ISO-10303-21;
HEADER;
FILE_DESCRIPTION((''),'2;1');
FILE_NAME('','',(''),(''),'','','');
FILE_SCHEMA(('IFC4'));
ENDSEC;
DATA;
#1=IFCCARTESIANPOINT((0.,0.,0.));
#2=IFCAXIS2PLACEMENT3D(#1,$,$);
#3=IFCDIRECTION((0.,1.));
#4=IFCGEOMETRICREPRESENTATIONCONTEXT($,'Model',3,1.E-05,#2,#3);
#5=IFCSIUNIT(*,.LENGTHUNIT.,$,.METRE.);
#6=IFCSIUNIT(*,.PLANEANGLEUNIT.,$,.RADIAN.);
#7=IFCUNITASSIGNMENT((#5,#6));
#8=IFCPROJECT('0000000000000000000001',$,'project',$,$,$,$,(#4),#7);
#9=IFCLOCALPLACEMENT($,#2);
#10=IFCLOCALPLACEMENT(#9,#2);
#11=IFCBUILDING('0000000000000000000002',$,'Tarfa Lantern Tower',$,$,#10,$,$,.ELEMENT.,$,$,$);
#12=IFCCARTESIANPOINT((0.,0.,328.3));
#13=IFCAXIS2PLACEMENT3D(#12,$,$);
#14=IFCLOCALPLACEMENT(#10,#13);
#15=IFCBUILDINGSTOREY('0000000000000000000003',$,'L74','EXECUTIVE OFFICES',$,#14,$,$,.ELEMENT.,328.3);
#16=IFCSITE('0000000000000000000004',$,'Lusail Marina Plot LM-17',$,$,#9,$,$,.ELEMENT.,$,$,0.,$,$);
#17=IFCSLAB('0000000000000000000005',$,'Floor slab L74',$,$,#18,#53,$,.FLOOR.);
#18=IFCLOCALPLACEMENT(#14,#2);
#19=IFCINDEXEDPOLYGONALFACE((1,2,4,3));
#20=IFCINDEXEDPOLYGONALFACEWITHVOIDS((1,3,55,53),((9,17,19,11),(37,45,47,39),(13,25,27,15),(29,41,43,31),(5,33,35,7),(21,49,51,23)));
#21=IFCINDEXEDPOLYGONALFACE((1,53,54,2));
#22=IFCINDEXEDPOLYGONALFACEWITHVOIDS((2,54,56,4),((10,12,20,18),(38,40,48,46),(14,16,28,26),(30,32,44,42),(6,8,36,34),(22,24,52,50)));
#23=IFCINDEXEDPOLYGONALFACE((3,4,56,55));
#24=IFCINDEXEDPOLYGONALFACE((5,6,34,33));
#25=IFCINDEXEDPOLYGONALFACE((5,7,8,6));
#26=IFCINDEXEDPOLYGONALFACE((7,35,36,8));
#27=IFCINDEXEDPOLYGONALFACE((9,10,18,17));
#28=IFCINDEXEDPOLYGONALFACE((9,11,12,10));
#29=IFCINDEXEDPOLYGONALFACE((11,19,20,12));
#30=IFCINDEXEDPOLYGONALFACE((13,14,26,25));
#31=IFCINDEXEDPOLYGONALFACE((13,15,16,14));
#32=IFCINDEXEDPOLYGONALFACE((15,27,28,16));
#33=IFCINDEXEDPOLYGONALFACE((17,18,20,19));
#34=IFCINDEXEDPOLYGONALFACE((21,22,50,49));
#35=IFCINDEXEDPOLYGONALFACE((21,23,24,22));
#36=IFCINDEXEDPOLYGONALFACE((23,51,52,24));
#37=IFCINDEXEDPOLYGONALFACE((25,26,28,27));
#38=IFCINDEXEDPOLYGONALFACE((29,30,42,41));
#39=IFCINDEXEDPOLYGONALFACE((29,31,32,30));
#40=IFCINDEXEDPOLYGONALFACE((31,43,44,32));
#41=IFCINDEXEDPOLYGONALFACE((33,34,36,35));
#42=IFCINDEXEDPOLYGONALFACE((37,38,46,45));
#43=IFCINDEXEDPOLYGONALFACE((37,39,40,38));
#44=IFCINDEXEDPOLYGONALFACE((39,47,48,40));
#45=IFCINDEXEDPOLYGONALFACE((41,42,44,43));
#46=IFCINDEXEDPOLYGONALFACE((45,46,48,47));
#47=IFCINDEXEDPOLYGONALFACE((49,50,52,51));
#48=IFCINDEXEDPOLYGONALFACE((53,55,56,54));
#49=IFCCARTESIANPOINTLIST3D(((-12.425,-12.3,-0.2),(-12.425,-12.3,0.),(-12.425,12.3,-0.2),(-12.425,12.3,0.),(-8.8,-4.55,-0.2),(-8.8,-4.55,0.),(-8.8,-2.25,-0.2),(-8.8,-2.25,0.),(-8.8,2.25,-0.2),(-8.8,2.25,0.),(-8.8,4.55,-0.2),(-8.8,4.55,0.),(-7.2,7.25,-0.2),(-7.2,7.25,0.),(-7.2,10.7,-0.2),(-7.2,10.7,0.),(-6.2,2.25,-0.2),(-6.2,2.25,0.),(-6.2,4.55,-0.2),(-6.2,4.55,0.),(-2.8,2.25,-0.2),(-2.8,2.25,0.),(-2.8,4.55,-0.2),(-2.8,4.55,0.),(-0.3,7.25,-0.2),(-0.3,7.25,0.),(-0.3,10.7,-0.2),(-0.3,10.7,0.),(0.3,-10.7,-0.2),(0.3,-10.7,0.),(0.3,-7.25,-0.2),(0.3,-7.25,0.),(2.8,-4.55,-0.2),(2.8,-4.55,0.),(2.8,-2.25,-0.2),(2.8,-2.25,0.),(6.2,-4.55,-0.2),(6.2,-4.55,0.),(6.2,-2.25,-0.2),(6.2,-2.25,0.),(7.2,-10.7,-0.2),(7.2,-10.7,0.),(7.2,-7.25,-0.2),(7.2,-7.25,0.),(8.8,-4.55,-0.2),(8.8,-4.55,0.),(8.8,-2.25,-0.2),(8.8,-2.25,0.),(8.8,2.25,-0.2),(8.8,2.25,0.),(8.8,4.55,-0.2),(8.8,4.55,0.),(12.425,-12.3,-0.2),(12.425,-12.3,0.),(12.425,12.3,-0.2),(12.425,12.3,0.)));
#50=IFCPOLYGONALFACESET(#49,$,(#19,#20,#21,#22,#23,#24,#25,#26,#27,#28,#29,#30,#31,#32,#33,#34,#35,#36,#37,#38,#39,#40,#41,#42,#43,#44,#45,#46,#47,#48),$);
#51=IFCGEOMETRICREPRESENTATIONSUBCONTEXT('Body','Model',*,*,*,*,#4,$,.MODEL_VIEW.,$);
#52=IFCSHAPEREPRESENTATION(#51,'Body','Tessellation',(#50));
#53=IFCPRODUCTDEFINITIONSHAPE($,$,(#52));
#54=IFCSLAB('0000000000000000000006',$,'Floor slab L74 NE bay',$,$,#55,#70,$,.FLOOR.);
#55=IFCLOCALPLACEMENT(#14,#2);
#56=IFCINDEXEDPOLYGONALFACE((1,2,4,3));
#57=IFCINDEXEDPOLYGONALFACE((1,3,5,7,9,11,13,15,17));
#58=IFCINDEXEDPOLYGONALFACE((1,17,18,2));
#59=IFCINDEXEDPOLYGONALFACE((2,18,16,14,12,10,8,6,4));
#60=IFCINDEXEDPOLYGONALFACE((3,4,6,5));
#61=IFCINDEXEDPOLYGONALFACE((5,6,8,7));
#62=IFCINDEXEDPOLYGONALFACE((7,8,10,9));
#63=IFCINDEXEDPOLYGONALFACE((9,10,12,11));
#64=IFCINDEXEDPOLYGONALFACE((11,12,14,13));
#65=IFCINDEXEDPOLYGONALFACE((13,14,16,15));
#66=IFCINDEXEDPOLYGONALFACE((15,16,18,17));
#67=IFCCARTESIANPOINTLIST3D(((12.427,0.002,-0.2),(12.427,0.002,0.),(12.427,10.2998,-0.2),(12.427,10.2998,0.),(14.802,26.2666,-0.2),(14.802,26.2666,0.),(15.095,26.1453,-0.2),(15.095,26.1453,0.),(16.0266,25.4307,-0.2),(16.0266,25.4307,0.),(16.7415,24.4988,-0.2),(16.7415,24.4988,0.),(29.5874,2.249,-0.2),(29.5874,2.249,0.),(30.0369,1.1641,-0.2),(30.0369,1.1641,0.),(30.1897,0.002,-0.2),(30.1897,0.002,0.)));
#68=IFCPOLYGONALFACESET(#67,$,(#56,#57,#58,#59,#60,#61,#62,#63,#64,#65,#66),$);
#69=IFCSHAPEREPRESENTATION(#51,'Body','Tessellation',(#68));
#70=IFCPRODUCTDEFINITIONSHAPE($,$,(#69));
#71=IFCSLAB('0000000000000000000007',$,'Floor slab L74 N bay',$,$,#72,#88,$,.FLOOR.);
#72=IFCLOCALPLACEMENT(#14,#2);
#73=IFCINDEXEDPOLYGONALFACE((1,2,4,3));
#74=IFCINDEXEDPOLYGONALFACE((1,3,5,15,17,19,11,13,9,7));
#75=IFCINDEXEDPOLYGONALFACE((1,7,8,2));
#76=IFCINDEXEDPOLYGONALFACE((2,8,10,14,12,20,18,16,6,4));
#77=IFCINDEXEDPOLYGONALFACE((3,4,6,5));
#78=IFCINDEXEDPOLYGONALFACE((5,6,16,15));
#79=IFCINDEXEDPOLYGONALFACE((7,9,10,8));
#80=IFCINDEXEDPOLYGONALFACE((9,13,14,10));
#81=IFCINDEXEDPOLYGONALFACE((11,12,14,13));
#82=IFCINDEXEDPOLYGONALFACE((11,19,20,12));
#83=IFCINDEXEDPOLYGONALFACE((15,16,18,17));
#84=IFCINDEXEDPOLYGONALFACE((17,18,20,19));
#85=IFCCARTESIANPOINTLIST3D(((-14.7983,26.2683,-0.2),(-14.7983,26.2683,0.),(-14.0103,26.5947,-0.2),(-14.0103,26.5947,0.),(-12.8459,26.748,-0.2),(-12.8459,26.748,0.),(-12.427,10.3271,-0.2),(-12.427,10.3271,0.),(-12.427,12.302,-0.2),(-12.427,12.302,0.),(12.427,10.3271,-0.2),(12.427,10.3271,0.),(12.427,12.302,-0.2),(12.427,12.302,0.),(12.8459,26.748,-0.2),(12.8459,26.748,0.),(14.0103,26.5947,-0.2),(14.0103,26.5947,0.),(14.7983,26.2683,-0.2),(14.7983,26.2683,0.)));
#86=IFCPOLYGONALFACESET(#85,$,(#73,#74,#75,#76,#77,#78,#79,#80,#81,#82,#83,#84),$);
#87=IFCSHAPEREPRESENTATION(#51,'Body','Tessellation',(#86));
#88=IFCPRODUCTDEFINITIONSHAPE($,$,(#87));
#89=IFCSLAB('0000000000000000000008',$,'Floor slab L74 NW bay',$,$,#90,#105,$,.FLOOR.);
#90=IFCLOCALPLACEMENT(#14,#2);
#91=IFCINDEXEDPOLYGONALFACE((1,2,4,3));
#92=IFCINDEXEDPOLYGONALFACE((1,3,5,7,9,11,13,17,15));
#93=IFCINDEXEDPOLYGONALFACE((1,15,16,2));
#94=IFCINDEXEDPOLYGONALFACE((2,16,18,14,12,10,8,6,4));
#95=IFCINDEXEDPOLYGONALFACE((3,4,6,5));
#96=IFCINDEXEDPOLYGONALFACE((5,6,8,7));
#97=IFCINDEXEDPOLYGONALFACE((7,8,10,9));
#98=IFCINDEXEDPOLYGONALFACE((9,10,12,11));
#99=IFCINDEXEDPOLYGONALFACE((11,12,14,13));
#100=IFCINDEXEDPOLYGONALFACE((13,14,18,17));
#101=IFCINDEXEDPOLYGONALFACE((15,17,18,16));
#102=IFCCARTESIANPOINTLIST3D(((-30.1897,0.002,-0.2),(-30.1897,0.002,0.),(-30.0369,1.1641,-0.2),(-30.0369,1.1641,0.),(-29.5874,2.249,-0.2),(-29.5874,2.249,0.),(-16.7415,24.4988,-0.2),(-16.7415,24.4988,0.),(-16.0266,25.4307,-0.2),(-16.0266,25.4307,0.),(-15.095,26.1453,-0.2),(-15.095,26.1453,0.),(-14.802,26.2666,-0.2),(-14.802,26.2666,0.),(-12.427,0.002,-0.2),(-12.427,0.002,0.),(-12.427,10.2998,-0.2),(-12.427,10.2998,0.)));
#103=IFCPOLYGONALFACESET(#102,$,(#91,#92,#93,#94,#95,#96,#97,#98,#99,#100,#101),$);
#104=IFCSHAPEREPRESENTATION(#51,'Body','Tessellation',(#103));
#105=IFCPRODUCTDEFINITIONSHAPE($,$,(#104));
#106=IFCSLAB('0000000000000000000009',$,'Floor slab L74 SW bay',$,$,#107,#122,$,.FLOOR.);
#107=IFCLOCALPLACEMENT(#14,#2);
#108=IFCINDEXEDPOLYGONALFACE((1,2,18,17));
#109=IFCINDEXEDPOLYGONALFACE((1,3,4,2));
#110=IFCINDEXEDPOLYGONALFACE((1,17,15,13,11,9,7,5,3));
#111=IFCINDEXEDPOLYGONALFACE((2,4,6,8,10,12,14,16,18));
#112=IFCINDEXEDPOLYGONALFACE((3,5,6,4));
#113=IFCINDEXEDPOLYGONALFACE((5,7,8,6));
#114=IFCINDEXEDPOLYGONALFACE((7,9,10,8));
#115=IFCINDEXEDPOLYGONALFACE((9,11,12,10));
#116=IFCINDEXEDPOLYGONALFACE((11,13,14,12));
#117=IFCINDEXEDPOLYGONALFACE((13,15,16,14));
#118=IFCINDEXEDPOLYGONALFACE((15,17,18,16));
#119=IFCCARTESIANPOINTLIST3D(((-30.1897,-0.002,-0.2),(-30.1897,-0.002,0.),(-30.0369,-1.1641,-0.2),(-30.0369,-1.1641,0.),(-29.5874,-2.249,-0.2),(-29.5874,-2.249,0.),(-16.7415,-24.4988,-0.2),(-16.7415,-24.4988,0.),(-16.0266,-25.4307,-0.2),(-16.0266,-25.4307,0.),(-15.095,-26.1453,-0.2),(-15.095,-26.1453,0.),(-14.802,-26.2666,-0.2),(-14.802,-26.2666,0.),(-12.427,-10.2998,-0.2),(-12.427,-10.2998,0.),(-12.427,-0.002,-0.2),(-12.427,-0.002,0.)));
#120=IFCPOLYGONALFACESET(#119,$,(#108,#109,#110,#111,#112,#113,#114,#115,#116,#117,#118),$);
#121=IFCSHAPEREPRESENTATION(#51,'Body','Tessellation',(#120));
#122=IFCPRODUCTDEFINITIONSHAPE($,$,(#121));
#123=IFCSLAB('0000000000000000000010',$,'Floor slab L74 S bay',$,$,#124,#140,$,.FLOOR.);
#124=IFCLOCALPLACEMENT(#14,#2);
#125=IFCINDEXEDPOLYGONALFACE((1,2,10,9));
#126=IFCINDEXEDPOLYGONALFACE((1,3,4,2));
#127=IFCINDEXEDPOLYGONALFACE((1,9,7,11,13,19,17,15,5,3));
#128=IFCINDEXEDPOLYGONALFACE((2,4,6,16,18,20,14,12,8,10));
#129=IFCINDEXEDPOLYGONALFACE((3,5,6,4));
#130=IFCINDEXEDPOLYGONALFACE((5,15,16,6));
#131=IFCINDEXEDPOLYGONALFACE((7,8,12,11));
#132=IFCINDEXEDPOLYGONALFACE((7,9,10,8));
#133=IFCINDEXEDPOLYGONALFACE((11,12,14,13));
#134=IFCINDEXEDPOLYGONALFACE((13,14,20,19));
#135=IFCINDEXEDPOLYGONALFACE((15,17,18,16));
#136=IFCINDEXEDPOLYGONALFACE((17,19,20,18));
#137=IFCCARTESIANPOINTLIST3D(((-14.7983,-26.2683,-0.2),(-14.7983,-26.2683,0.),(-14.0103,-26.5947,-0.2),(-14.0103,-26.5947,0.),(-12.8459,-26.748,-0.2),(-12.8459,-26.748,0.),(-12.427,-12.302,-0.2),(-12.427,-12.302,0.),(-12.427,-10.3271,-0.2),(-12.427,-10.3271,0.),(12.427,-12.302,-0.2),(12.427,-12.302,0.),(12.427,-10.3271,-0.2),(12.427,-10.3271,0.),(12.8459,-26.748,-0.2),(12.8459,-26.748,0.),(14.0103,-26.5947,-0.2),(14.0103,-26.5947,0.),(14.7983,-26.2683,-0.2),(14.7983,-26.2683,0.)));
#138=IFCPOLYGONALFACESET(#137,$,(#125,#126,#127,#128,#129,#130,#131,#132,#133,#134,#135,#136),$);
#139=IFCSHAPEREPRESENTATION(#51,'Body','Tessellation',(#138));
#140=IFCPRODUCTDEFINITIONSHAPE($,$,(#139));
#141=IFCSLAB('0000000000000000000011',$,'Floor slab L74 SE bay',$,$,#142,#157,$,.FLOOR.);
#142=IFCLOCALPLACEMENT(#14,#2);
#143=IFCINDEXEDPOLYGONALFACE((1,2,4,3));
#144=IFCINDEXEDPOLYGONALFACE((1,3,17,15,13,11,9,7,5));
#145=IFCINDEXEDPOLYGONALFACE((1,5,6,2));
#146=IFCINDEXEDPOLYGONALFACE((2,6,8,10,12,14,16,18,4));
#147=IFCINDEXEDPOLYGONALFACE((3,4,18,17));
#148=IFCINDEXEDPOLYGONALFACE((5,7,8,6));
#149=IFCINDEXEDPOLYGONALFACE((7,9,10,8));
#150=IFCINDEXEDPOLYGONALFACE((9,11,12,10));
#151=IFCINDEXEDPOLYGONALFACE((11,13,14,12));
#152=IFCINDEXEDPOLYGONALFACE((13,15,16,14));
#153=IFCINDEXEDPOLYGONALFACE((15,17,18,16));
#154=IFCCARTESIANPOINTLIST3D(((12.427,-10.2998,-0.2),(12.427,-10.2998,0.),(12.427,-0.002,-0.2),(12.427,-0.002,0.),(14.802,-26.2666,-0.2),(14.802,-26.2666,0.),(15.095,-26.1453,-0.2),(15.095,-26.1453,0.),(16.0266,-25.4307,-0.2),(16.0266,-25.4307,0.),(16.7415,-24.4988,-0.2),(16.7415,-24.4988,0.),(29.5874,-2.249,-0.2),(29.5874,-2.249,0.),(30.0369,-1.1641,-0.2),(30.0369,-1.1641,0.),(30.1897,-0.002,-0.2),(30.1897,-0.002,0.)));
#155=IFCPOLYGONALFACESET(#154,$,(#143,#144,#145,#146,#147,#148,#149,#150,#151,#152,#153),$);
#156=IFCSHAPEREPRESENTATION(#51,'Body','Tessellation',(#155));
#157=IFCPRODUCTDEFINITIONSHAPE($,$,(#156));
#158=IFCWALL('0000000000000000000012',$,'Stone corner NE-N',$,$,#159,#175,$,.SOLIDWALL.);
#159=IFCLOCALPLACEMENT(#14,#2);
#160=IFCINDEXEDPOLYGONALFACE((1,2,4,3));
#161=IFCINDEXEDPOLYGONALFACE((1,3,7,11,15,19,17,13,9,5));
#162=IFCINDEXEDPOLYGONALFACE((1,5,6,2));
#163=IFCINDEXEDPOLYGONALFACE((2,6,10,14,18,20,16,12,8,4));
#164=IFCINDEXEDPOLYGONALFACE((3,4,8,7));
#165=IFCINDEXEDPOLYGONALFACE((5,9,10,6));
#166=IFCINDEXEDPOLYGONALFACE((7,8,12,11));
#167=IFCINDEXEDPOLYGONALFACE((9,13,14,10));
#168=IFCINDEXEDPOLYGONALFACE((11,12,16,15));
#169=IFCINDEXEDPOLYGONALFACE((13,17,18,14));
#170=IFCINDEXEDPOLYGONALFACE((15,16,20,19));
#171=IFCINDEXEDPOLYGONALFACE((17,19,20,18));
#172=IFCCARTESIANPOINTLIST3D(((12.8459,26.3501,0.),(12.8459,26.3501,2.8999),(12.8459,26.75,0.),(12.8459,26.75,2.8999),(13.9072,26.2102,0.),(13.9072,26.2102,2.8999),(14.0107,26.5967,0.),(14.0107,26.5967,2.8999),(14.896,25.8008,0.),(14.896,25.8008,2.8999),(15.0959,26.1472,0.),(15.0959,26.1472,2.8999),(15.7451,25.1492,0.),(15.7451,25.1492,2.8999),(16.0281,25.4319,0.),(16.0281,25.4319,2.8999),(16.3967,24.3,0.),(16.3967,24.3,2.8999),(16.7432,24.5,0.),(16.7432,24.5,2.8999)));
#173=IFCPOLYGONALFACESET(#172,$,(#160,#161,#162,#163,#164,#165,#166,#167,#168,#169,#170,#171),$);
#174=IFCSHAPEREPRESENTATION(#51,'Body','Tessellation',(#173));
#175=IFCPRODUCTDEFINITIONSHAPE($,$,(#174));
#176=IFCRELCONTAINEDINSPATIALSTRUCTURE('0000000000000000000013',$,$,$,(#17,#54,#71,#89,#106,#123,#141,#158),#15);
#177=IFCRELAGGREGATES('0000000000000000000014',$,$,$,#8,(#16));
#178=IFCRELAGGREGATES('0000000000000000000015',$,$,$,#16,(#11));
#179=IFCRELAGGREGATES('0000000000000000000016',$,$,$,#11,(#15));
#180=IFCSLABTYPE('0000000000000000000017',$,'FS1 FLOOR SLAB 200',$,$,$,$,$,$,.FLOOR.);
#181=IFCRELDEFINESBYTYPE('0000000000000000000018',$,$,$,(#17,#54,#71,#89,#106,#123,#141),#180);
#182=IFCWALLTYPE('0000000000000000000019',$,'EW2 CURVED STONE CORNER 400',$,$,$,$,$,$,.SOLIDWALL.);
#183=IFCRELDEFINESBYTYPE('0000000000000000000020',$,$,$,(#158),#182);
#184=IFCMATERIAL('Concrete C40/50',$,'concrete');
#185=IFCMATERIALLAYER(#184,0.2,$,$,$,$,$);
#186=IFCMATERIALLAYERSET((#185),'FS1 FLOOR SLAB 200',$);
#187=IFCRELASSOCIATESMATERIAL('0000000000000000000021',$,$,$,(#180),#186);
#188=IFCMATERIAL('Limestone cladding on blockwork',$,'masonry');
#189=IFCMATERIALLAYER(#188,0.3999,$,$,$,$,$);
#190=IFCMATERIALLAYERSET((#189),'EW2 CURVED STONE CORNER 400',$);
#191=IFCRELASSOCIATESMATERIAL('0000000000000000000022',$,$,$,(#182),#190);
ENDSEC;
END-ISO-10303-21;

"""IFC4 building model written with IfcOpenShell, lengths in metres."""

from ifc_helpers import new_model, si_unit, direction, frame, origin, place, context, subcontext, project, spatial, polyline, outline, extrude, material, layer, layer_set, type_object, element, save


model = new_model("IFC4")

# Units and contexts
model_context = context("Model", 3, precision=1e-05, world=origin(), true_north=direction((0.0, 1.0)))
body_context = subcontext(model_context, "Body", "Model", "MODEL_VIEW")
ifc_project = project(units=[si_unit("LENGTHUNIT", "METRE"), si_unit("PLANEANGLEUNIT", "RADIAN")], contexts=[model_context])

# Site, building, storey
site_placement = place(None, origin())
site = spatial("IfcSite", under=ifc_project, at=site_placement, Name="Lusail Marina Plot LM-17", CompositionType="ELEMENT", RefElevation=0.0)
building_placement = place(site_placement, origin())
building = spatial("IfcBuilding", under=site, at=building_placement, Name="Tarfa Lantern Tower", CompositionType="ELEMENT")
storey_placement = place(building_placement, frame((0.0, 0.0, 328.3)))
storey = spatial("IfcBuildingStorey", under=building, at=storey_placement, Name="L74", Description="EXECUTIVE OFFICES", CompositionType="ELEMENT", Elevation=328.3)

# Slabs
ifc_material_1 = material(Name="Concrete C40/50", Category="concrete")
ifc_layer_1 = layer(ifc_material_1, 0.2)
ifc_layer_set_1 = layer_set([ifc_layer_1], Name="FS1 FLOOR SLAB 200")
slab_type = type_object("IfcSlabType", Name="FS1 FLOOR SLAB 200", PredefinedType="FLOOR", material=ifc_layer_set_1)
slab_1_placement = place(storey_placement, frame((0.0, 0.0, -0.2)))
element("IfcSlab", 1, at=slab_1_placement, inside=storey, type_object=slab_type, Name="Floor slab L74", PredefinedType="FLOOR", context=body_context, shape_type="SweptSolid", body=[
    extrude(outline(polyline([(-12.425, -12.3), (12.425, -12.3), (12.425, 12.3), (-12.425, 12.3), (-12.425, -12.3)]), holes=[polyline([(-8.8, 2.25), (-6.2, 2.25), (-6.2, 4.55), (-8.8, 4.55), (-8.8, 2.25)]), polyline([(-2.8, 2.25), (8.8, 2.25), (8.8, 4.55), (-2.8, 4.55), (-2.8, 2.25)]), polyline([(8.8, -2.25), (6.2, -2.25), (6.2, -4.55), (8.8, -4.55), (8.8, -2.25)]), polyline([(2.8, -2.25), (-8.8, -2.25), (-8.8, -4.55), (2.8, -4.55), (2.8, -2.25)]), polyline([(-7.2, 7.25), (-0.3, 7.25), (-0.3, 10.7), (-7.2, 10.7), (-7.2, 7.25)]), polyline([(7.2, -7.25), (0.3, -7.25), (0.3, -10.7), (7.2, -10.7), (7.2, -7.25)])]), origin(), (0.0, 0.0, 1.0), 0.2),
])
slab_2_placement = place(storey_placement, frame((0.0, 0.0, -0.2)))
element("IfcSlab", 2, at=slab_2_placement, inside=storey, type_object=slab_type, Name="Floor slab L74 NE bay", PredefinedType="FLOOR", context=body_context, shape_type="SweptSolid", body=[
    extrude(outline(polyline([(29.5874, 2.249), (16.7415, 24.4988), (16.0266, 25.4307), (15.095, 26.1453), (14.802, 26.2666), (12.427, 10.2998), (12.427, 0.002), (30.1897, 0.002), (30.0369, 1.1641), (29.5874, 2.249)])), origin(), (0.0, 0.0, 1.0), 0.2),
])
slab_3_placement = place(storey_placement, frame((0.0, 0.0, -0.2)))
element("IfcSlab", 3, at=slab_3_placement, inside=storey, type_object=slab_type, Name="Floor slab L74 N bay", PredefinedType="FLOOR", context=body_context, shape_type="SweptSolid", body=[
    extrude(outline(polyline([(-12.427, 10.3271), (-12.427, 12.302), (12.427, 12.302), (12.427, 10.3271), (14.7983, 26.2683), (14.0103, 26.5947), (12.8459, 26.748), (-12.8459, 26.748), (-14.0103, 26.5947), (-14.7983, 26.2683), (-12.427, 10.3271)])), origin(), (0.0, 0.0, 1.0), 0.2),
])
slab_4_placement = place(storey_placement, frame((0.0, 0.0, -0.2)))
element("IfcSlab", 4, at=slab_4_placement, inside=storey, type_object=slab_type, Name="Floor slab L74 NW bay", PredefinedType="FLOOR", context=body_context, shape_type="SweptSolid", body=[
    extrude(outline(polyline([(-12.427, 0.002), (-12.427, 10.2998), (-14.802, 26.2666), (-15.095, 26.1453), (-16.0266, 25.4307), (-16.7415, 24.4988), (-29.5874, 2.249), (-30.0369, 1.1641), (-30.1897, 0.002), (-12.427, 0.002)])), origin(), (0.0, 0.0, 1.0), 0.2),
])
slab_5_placement = place(storey_placement, frame((0.0, 0.0, -0.2)))
element("IfcSlab", 5, at=slab_5_placement, inside=storey, type_object=slab_type, Name="Floor slab L74 SW bay", PredefinedType="FLOOR", context=body_context, shape_type="SweptSolid", body=[
    extrude(outline(polyline([(-12.427, -10.2998), (-12.427, -0.002), (-30.1897, -0.002), (-30.0369, -1.1641), (-29.5874, -2.249), (-16.7415, -24.4988), (-16.0266, -25.4307), (-15.095, -26.1453), (-14.802, -26.2666), (-12.427, -10.2998)])), origin(), (0.0, 0.0, 1.0), 0.2),
])
slab_6_placement = place(storey_placement, frame((0.0, 0.0, -0.2)))
element("IfcSlab", 6, at=slab_6_placement, inside=storey, type_object=slab_type, Name="Floor slab L74 S bay", PredefinedType="FLOOR", context=body_context, shape_type="SweptSolid", body=[
    extrude(outline(polyline([(12.427, -10.3271), (12.427, -12.302), (-12.427, -12.302), (-12.427, -10.3271), (-14.7983, -26.2683), (-14.0103, -26.5947), (-12.8459, -26.748), (12.8459, -26.748), (14.0103, -26.5947), (14.7983, -26.2683), (12.427, -10.3271)])), origin(), (0.0, 0.0, 1.0), 0.2),
])
slab_7_placement = place(storey_placement, frame((0.0, 0.0, -0.2)))
element("IfcSlab", 7, at=slab_7_placement, inside=storey, type_object=slab_type, Name="Floor slab L74 SE bay", PredefinedType="FLOOR", context=body_context, shape_type="SweptSolid", body=[
    extrude(outline(polyline([(12.427, -0.002), (12.427, -10.2998), (14.802, -26.2666), (15.095, -26.1453), (16.0266, -25.4307), (16.7415, -24.4988), (29.5874, -2.249), (30.0369, -1.1641), (30.1897, -0.002), (12.427, -0.002)])), origin(), (0.0, 0.0, 1.0), 0.2),
])

# Wall
ifc_material_2 = material(Name="Limestone cladding on blockwork", Category="masonry")
ifc_layer_2 = layer(ifc_material_2, 0.3999)
ifc_layer_set_2 = layer_set([ifc_layer_2], Name="EW2 CURVED STONE CORNER 400")
wall_type_1 = type_object("IfcWallType", Name="EW2 CURVED STONE CORNER 400", PredefinedType="SOLIDWALL", material=ifc_layer_set_2)
wall_1_placement = place(storey_placement, origin())
element("IfcWall", 8, at=wall_1_placement, inside=storey, type_object=wall_type_1, Name="Stone corner NE-N", PredefinedType="SOLIDWALL", context=body_context, shape_type="SweptSolid", body=[
    extrude(outline(polyline([(16.7432, 24.5), (16.0281, 25.4319), (15.0959, 26.1472), (14.0107, 26.5967), (12.8459, 26.75), (12.8459, 26.3501), (13.9072, 26.2102), (14.896, 25.8008), (15.7451, 25.1492), (16.3967, 24.3), (16.7432, 24.5)])), origin(), (0.0, 0.0, 1.0), 2.8999),
])

save(model, "model.ifc")
